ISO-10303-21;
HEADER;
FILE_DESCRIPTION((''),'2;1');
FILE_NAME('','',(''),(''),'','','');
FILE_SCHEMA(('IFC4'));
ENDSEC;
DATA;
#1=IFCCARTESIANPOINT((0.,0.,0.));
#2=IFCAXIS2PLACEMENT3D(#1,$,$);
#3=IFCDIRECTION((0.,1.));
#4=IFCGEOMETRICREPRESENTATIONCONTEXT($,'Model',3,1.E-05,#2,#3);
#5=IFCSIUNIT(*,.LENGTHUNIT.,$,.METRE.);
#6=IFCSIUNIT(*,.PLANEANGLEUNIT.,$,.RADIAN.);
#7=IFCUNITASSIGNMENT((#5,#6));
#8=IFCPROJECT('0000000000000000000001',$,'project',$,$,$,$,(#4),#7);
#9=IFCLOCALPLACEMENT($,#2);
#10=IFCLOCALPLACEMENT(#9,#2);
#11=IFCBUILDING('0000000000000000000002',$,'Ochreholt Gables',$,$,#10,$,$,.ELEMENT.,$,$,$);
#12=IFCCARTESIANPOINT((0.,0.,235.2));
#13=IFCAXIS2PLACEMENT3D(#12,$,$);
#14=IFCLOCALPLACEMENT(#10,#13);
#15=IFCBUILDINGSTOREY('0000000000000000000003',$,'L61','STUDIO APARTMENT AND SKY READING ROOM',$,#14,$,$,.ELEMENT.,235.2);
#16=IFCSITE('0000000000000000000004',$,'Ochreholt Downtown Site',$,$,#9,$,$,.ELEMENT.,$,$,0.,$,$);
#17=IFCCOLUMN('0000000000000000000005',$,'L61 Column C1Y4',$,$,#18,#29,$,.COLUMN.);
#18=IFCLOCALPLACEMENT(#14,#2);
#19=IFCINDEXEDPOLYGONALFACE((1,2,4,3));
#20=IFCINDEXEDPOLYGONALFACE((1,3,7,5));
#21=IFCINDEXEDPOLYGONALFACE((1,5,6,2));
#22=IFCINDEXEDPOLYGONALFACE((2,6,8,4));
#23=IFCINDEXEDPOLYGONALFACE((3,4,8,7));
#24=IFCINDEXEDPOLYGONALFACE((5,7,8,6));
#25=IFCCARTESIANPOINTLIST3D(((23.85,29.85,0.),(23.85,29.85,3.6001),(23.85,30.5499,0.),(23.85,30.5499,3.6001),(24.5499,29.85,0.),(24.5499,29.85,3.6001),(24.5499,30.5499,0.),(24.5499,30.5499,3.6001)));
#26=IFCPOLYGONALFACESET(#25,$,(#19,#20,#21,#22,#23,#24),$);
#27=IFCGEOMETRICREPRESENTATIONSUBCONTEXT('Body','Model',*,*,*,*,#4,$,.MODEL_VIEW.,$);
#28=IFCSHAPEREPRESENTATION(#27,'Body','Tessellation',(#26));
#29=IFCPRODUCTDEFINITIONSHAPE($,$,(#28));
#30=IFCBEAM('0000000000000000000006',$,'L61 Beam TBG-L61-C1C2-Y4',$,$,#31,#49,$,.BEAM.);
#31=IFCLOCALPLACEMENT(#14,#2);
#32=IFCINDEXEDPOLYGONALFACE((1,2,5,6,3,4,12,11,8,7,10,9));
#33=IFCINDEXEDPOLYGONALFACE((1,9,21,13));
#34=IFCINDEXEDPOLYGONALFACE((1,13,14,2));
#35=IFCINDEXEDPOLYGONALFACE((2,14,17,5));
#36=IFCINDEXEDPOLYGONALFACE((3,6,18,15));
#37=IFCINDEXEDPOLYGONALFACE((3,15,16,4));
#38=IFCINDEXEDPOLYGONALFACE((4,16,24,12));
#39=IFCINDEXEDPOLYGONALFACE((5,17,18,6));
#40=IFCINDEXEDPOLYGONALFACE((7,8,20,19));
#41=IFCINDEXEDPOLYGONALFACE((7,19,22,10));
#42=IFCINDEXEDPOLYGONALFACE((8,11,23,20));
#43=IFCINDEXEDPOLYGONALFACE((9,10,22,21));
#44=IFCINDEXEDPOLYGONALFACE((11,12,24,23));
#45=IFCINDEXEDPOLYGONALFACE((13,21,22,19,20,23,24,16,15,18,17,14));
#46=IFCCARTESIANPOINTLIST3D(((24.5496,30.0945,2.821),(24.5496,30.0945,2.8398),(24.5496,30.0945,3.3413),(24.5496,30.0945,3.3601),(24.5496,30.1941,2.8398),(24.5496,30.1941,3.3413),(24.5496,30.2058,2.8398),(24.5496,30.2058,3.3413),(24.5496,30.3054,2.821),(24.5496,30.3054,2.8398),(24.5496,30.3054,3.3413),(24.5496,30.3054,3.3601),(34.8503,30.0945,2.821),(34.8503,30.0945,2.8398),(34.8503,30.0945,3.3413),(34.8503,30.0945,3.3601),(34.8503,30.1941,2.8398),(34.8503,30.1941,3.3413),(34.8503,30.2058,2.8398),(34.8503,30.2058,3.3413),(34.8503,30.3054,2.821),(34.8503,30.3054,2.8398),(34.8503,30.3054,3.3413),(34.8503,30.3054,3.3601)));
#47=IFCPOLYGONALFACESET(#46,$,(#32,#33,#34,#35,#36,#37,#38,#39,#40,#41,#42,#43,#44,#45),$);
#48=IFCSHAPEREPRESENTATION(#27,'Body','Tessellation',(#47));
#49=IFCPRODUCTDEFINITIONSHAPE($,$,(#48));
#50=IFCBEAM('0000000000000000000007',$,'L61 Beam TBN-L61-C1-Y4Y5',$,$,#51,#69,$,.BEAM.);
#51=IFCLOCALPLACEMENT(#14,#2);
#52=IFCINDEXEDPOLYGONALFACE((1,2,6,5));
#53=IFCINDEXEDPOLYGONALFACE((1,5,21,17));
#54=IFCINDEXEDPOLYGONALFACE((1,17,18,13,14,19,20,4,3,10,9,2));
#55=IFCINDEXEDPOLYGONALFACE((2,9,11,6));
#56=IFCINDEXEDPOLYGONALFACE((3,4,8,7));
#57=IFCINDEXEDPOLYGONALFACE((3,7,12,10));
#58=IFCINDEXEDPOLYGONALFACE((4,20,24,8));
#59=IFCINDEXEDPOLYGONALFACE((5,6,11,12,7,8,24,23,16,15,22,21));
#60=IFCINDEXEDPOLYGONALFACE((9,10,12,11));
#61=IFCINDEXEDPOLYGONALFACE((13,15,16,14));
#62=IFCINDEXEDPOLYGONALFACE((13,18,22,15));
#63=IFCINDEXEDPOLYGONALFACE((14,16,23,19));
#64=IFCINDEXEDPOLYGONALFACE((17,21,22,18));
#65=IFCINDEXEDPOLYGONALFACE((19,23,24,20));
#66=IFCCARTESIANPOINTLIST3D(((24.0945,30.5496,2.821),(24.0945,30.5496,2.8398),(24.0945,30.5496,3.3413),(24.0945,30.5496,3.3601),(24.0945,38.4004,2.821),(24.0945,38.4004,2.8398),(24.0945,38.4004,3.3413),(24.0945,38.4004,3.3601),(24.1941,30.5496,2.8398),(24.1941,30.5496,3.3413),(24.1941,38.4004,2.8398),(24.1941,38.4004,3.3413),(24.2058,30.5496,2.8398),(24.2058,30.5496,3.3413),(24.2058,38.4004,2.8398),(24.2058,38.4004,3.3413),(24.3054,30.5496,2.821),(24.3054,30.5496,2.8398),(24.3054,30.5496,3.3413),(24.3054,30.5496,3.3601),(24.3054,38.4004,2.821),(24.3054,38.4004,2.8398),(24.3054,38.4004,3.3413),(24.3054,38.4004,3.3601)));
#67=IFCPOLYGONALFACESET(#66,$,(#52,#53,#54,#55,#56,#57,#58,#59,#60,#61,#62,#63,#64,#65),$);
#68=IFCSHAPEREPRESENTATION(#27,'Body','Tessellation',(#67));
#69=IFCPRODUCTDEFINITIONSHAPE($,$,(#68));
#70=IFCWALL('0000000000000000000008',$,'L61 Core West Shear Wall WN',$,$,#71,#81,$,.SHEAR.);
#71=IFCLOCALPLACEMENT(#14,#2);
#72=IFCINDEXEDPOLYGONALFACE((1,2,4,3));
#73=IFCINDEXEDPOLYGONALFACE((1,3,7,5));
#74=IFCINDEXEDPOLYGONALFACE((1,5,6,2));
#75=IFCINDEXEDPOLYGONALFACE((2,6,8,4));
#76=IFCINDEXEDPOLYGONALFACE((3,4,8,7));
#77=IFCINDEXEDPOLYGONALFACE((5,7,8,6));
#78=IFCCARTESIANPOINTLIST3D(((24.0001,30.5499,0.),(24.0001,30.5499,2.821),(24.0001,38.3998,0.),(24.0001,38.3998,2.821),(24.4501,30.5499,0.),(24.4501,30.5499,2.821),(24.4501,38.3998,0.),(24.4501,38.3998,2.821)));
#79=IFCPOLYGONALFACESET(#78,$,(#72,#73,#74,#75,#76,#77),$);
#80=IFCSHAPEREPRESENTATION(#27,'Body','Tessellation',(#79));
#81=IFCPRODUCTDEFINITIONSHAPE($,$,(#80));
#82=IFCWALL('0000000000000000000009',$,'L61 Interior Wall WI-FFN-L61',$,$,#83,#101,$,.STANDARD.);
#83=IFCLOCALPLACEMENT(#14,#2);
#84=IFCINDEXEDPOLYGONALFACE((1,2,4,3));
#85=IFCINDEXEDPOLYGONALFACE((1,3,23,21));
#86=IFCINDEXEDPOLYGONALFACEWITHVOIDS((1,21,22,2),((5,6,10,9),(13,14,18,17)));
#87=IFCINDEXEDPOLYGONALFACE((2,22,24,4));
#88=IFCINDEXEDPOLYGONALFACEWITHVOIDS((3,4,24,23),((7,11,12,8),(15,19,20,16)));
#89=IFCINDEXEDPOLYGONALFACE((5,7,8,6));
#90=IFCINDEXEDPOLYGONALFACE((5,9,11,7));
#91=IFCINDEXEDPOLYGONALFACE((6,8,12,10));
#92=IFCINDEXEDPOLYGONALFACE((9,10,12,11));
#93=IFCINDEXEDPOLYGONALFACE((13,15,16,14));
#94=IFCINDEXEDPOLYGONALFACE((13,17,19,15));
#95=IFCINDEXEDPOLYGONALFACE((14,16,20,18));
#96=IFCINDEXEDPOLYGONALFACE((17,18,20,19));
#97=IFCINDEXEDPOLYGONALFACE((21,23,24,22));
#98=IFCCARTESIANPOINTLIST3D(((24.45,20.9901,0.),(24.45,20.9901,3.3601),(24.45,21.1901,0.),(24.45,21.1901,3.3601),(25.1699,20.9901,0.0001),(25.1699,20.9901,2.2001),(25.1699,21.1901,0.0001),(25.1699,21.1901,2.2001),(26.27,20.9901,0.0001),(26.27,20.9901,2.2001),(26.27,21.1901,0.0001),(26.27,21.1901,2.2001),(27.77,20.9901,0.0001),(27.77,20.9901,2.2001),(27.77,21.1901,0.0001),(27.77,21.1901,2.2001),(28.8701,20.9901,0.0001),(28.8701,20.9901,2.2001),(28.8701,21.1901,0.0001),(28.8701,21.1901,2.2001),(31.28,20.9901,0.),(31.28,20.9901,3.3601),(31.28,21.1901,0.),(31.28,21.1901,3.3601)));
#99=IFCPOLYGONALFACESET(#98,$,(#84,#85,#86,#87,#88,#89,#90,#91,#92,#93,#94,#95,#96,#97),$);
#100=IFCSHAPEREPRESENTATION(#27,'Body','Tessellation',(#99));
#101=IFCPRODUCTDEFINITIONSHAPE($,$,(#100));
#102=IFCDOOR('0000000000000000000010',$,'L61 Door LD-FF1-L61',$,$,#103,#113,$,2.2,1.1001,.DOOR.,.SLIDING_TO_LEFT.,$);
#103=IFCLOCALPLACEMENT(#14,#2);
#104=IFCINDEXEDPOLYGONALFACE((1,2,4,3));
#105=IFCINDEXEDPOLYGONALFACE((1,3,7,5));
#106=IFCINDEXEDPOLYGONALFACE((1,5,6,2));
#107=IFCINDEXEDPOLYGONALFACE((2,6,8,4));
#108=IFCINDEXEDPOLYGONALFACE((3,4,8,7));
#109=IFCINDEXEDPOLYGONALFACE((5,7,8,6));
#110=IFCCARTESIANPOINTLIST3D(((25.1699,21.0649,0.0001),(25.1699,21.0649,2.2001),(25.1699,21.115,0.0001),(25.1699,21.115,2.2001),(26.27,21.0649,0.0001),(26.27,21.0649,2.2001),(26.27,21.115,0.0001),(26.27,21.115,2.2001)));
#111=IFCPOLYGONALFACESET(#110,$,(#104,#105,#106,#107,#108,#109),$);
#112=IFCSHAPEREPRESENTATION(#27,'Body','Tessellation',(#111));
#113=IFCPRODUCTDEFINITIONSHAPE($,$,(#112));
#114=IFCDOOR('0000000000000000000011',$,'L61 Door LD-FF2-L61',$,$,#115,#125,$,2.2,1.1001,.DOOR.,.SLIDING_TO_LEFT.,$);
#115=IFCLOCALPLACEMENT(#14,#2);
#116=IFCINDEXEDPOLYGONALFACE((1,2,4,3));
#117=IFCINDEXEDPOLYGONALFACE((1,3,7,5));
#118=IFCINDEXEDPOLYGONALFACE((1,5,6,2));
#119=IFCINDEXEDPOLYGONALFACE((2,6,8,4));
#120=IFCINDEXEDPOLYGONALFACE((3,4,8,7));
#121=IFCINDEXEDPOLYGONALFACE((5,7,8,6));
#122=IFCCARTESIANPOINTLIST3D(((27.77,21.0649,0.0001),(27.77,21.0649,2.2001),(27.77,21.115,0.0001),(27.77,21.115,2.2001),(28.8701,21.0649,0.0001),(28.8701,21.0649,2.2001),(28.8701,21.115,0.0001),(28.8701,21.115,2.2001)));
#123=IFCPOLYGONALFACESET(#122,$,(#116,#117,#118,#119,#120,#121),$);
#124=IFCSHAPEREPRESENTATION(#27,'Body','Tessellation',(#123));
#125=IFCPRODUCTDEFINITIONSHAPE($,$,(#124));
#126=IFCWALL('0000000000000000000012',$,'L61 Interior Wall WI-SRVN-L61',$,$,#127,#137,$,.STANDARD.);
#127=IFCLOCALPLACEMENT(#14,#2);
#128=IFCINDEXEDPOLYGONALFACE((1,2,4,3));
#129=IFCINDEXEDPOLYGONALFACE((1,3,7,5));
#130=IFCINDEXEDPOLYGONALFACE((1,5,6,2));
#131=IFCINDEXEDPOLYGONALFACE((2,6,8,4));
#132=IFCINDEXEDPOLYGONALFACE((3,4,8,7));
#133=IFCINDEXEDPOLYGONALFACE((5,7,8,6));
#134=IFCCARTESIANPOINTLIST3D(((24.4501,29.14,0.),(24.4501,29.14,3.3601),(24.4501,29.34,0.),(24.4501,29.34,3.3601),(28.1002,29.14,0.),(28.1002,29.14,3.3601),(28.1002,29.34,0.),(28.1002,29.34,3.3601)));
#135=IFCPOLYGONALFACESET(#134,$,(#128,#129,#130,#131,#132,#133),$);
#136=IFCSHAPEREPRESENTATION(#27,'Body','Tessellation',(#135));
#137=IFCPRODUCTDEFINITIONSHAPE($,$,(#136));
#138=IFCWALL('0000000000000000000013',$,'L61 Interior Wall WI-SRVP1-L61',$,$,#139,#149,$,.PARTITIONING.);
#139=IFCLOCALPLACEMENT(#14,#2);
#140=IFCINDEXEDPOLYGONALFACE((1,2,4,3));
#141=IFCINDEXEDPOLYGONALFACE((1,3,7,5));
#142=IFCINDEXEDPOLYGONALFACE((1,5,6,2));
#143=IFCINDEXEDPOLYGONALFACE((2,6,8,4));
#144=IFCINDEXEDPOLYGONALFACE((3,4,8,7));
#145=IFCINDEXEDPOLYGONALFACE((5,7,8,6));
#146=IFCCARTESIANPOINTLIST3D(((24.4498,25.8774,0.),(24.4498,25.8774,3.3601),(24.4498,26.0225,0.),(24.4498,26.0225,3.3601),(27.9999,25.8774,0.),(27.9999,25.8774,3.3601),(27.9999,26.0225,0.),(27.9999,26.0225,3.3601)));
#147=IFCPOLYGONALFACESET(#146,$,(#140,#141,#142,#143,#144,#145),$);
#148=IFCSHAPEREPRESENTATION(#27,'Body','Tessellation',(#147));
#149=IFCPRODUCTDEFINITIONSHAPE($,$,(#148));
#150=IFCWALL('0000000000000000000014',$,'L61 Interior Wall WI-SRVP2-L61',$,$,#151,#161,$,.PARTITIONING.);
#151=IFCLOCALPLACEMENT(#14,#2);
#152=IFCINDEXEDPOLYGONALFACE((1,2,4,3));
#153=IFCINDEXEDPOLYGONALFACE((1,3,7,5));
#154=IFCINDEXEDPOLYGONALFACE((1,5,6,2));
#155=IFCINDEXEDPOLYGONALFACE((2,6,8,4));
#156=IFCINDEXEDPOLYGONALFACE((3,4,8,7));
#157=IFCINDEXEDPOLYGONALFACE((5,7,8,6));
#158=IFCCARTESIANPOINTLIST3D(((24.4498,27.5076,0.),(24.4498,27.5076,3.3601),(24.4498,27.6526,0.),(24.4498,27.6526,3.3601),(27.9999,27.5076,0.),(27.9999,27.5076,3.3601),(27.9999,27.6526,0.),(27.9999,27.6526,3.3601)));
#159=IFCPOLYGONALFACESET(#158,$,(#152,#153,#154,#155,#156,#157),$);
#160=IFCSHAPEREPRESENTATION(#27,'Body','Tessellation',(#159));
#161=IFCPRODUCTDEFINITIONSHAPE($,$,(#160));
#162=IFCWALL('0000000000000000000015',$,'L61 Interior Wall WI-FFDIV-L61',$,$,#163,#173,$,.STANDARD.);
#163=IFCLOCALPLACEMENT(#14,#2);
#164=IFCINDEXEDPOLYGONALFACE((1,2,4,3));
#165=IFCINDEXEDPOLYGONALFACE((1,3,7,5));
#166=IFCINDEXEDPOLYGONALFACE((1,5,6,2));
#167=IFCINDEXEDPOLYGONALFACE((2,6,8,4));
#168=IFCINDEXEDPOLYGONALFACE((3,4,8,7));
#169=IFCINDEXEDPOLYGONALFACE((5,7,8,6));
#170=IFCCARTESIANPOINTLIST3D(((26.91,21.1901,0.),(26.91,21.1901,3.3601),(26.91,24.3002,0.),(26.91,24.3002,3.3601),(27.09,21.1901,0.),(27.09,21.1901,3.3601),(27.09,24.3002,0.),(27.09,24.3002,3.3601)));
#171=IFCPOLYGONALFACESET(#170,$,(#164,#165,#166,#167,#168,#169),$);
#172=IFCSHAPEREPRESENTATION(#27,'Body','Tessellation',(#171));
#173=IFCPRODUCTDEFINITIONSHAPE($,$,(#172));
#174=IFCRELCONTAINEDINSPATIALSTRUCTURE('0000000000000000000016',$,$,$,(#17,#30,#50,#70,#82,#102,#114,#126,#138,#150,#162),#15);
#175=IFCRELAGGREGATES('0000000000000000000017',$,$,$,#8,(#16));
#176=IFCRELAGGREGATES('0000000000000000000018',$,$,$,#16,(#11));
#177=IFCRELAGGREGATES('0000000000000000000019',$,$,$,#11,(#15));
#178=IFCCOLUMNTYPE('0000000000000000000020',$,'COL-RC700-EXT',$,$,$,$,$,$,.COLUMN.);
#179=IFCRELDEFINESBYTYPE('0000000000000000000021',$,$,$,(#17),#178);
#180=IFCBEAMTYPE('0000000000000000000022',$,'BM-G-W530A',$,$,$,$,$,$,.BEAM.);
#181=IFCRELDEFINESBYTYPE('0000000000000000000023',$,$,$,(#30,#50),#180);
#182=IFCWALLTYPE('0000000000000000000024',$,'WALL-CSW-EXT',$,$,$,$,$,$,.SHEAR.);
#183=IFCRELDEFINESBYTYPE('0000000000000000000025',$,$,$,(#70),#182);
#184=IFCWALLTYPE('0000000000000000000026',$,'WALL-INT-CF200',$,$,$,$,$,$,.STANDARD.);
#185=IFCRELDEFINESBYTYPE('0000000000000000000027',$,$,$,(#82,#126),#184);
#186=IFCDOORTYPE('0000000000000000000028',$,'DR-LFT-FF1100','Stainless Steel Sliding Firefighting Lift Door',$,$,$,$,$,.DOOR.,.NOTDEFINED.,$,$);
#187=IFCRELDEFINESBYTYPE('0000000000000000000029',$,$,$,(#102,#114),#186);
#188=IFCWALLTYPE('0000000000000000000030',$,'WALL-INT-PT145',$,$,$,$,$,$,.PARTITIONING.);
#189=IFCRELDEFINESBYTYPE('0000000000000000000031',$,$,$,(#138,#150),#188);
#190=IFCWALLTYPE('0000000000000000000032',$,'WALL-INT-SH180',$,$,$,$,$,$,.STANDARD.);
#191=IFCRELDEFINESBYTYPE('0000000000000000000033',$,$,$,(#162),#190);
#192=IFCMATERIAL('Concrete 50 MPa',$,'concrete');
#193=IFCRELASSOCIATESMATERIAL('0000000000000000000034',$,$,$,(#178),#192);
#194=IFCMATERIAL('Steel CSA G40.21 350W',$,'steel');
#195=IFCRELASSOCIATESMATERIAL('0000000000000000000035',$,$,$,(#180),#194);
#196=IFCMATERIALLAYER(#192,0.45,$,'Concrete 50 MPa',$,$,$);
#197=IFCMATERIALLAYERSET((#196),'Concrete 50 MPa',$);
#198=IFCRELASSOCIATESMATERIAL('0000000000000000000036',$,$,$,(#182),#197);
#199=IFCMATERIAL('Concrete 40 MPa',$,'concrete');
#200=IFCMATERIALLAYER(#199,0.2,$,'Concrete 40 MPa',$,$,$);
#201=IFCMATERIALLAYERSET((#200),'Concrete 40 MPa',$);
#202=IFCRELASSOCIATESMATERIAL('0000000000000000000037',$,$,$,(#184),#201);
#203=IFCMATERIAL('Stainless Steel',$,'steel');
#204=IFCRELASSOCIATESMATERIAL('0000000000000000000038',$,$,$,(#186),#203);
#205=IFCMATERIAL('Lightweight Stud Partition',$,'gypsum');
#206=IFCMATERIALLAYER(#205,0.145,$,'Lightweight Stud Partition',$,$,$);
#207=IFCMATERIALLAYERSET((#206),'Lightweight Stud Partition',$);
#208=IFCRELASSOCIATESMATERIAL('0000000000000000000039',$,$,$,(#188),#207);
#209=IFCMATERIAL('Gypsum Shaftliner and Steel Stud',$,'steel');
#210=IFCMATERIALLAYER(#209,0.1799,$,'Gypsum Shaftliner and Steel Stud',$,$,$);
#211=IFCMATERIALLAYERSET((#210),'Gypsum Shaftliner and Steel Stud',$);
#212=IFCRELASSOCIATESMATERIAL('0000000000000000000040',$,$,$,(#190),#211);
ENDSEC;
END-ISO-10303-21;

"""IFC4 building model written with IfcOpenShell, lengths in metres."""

from ifc_helpers import new_model, si_unit, direction, frame, frame_2d, origin, origin_2d, place, context, subcontext, project, spatial, rectangle, i_section, extrude, material, layer, layer_set, material_profile, profile_set, type_object, element, fill, save


model = new_model("IFC4")

# Units and contexts
model_context = context("Model", 3, precision=1e-05, world=origin(), true_north=direction((0.0, 1.0)))
body_context = subcontext(model_context, "Body", "Model", "MODEL_VIEW")
ifc_project = project(units=[si_unit("LENGTHUNIT", "METRE"), si_unit("PLANEANGLEUNIT", "RADIAN")], contexts=[model_context])

# Site, building, storey
site_placement = place(None, origin())
site = spatial("IfcSite", under=ifc_project, at=site_placement, Name="Ochreholt Downtown Site", CompositionType="ELEMENT", RefElevation=0.0)
building_placement = place(site_placement, origin())
building = spatial("IfcBuilding", under=site, at=building_placement, Name="Ochreholt Gables", CompositionType="ELEMENT")
storey_placement = place(building_placement, frame((0.0, 0.0, 235.2)))
storey = spatial("IfcBuildingStorey", under=building, at=storey_placement, Name="L61", Description="STUDIO APARTMENT AND SKY READING ROOM", CompositionType="ELEMENT", Elevation=235.2)

# Column
ifc_material_1 = material(Name="Concrete 50 MPa", Category="concrete")
ifc_material_profile_1 = material_profile(ifc_material_1, rectangle(XDim=0.7, YDim=0.7, at=origin_2d()), Name="RC700X700")
ifc_profile_set_1 = profile_set([ifc_material_profile_1], Name="Concrete 50 MPa")
column_type = type_object("IfcColumnType", Name="COL-RC700-EXT", PredefinedType="COLUMN", material=ifc_profile_set_1)
column_placement = place(storey_placement, frame((24.2, 30.2, 0.0), z_axis=(0.0, 0.0, 1.0), x_axis=(1.0, 0.0, 0.0)))
element("IfcColumn", 1, at=column_placement, inside=storey, type_object=column_type, Name="L61 Column C1Y4", PredefinedType="COLUMN", context=body_context, shape_type="SweptSolid", body=[
    extrude(rectangle(XDim=0.7, YDim=0.7, at=origin_2d()), origin(), (0.0, 0.0, 1.0), 3.6001),
])

# Beams
ifc_material_2 = material(Name="Steel CSA G40.21 350W", Category="steel")
ifc_material_profile_2 = material_profile(ifc_material_2, i_section(OverallWidth=0.2109, OverallDepth=0.5391, WebThickness=0.0117, FlangeThickness=0.0188, at=origin_2d()), Name="W530X109")
ifc_profile_set_2 = profile_set([ifc_material_profile_2], Name="Steel CSA G40.21 350W")
beam_type = type_object("IfcBeamType", Name="BM-G-W530A", PredefinedType="BEAM", material=ifc_profile_set_2)
beam_1_placement = place(storey_placement, frame((24.5496, 30.2, 3.0906), z_axis=(1.0, 0.0, 0.0), x_axis=(0.0, 1.0, 0.0)))
element("IfcBeam", 2, at=beam_1_placement, inside=storey, type_object=beam_type, Name="L61 Beam TBG-L61-C1C2-Y4", PredefinedType="BEAM", context=body_context, shape_type="SweptSolid", body=[
    extrude(i_section(OverallWidth=0.2109, OverallDepth=0.5391, WebThickness=0.0117, FlangeThickness=0.0188, at=origin_2d()), origin(), (0.0, 0.0, 1.0), 10.3008),
])
beam_2_placement = place(storey_placement, frame((24.2, 30.5496, 3.0906), z_axis=(0.0, 1.0, 0.0), x_axis=(-1.0, 0.0, 0.0)))
element("IfcBeam", 3, at=beam_2_placement, inside=storey, type_object=beam_type, Name="L61 Beam TBN-L61-C1-Y4Y5", PredefinedType="BEAM", context=body_context, shape_type="SweptSolid", body=[
    extrude(i_section(OverallWidth=0.2109, OverallDepth=0.5391, WebThickness=0.0117, FlangeThickness=0.0188, at=origin_2d()), origin(), (0.0, 0.0, 1.0), 7.8508),
])

# Wall
ifc_layer_1 = layer(ifc_material_1, 0.45, Name="Concrete 50 MPa")
ifc_layer_set_1 = layer_set([ifc_layer_1], Name="Concrete 50 MPa")
wall_type_1 = type_object("IfcWallType", Name="WALL-CSW-EXT", PredefinedType="SHEAR", material=ifc_layer_set_1)
wall_1_placement = place(storey_placement, frame((24.2251, 30.55, 0.0), z_axis=(0.0, 0.0, 1.0), x_axis=(0.0, 1.0, 0.0)))
element("IfcWall", 4, at=wall_1_placement, inside=storey, type_object=wall_type_1, Name="L61 Core West Shear Wall WN", PredefinedType="SHEAR", context=body_context, shape_type="SweptSolid", body=[
    extrude(rectangle(XDim=7.8499, YDim=0.45, at=frame_2d((3.9248, 0.0))), origin(), (0.0, 0.0, 1.0), 2.821),
])

# Wall, openings, doors
ifc_material_3 = material(Name="Concrete 40 MPa", Category="concrete")
ifc_layer_2 = layer(ifc_material_3, 0.2, Name="Concrete 40 MPa")
ifc_layer_set_2 = layer_set([ifc_layer_2], Name="Concrete 40 MPa")
wall_type_2 = type_object("IfcWallType", Name="WALL-INT-CF200", PredefinedType="STANDARD", material=ifc_layer_set_2)
wall_2_placement = place(storey_placement, frame((24.45, 21.0901, 0.0), z_axis=(0.0, 0.0, 1.0), x_axis=(1.0, 0.0, 0.0)))
wall_2 = element("IfcWall", 5, at=wall_2_placement, inside=storey, type_object=wall_type_2, Name="L61 Interior Wall WI-FFN-L61", PredefinedType="STANDARD", context=body_context, shape_type="SweptSolid", body=[
    extrude(rectangle(XDim=6.8301, YDim=0.2, at=frame_2d((3.415, 0.0))), origin(), (0.0, 0.0, 1.0), 3.3601),
])
opening_1_placement = place(wall_2_placement, frame((0.72, 0.0, 0.0)))
opening_1 = element("IfcOpeningElement", 6, at=opening_1_placement, cuts=wall_2, PredefinedType="OPENING", context=body_context, shape_type="SweptSolid", body=[
    extrude(rectangle(XDim=1.1001, YDim=2.2, at=frame_2d((0.55, 1.1001))), frame((0.0, 0.1099, 0.0), z_axis=(0.0, -1.0, 0.0), x_axis=(1.0, 0.0, 0.0)), (0.0, 0.0, 1.0), 0.22),
])
opening_2_placement = place(wall_2_placement, frame((3.3201, 0.0, 0.0)))
opening_2 = element("IfcOpeningElement", 7, at=opening_2_placement, cuts=wall_2, PredefinedType="OPENING", context=body_context, shape_type="SweptSolid", body=[
    extrude(rectangle(XDim=1.1001, YDim=2.2, at=frame_2d((0.55, 1.1001))), frame((0.0, 0.1099, 0.0), z_axis=(0.0, -1.0, 0.0), x_axis=(1.0, 0.0, 0.0)), (0.0, 0.0, 1.0), 0.22),
])
ifc_material_4 = material(Name="Stainless Steel", Category="steel")
door_type_1 = type_object("IfcDoorType", Name="DR-LFT-FF1100", Description="Stainless Steel Sliding Firefighting Lift Door", OperationType="NOTDEFINED", PredefinedType="DOOR", material=ifc_material_4)
door_1_placement = place(opening_1_placement, origin())
door_1 = element("IfcDoor", 8, at=door_1_placement, inside=storey, type_object=door_type_1, Name="L61 Door LD-FF1-L61", OperationType="SLIDING_TO_LEFT", OverallHeight=2.2, OverallWidth=1.1001, PredefinedType="DOOR", context=body_context, shape_type="SweptSolid", body=[
    extrude(rectangle(XDim=1.1001, YDim=2.2, at=frame_2d((0.55, 1.1001))), frame((0.0, 0.0249, 0.0), z_axis=(0.0, -1.0, 0.0), x_axis=(1.0, 0.0, 0.0)), (0.0, 0.0, 1.0), 0.05),
])
fill(opening_1, door_1)
door_2_placement = place(opening_2_placement, origin())
door_2 = element("IfcDoor", 9, at=door_2_placement, inside=storey, type_object=door_type_1, Name="L61 Door LD-FF2-L61", OperationType="SLIDING_TO_LEFT", OverallHeight=2.2, OverallWidth=1.1001, PredefinedType="DOOR", context=body_context, shape_type="SweptSolid", body=[
    extrude(rectangle(XDim=1.1001, YDim=2.2, at=frame_2d((0.55, 1.1001))), frame((0.0, 0.0249, 0.0), z_axis=(0.0, -1.0, 0.0), x_axis=(1.0, 0.0, 0.0)), (0.0, 0.0, 1.0), 0.05),
])
fill(opening_2, door_2)

# Walls
wall_3_placement = place(storey_placement, frame((24.45, 29.24, 0.0), z_axis=(0.0, 0.0, 1.0), x_axis=(1.0, 0.0, 0.0)))
element("IfcWall", 10, at=wall_3_placement, inside=storey, type_object=wall_type_2, Name="L61 Interior Wall WI-SRVN-L61", PredefinedType="STANDARD", context=body_context, shape_type="SweptSolid", body=[
    extrude(rectangle(XDim=3.6501, YDim=0.2, at=frame_2d((1.8252, 0.0))), origin(), (0.0, 0.0, 1.0), 3.3601),
])
ifc_material_5 = material(Name="Lightweight Stud Partition", Category="gypsum")
ifc_layer_3 = layer(ifc_material_5, 0.145, Name="Lightweight Stud Partition")
ifc_layer_set_3 = layer_set([ifc_layer_3], Name="Lightweight Stud Partition")
wall_type_3 = type_object("IfcWallType", Name="WALL-INT-PT145", PredefinedType="PARTITIONING", material=ifc_layer_set_3)
for number, where, z_axis, x_axis, name in (
    (11, (24.45, 25.95, 0.0), (0.0, 0.0, 1.0), (1.0, 0.0, 0.0), "L61 Interior Wall WI-SRVP1-L61"),
    (12, (24.45, 27.5801, 0.0), (0.0, 0.0, 1.0), (1.0, 0.0, 0.0), "L61 Interior Wall WI-SRVP2-L61"),
):
    element("IfcWall", number, at=place(storey_placement, frame(where, z_axis=z_axis, x_axis=x_axis)), inside=storey, type_object=wall_type_3, Name=name, PredefinedType="PARTITIONING", context=body_context, shape_type="SweptSolid", body=[
        extrude(rectangle(XDim=3.55, YDim=0.145, at=frame_2d((1.7749, 0.0))), origin(), (0.0, 0.0, 1.0), 3.3601),
    ])
ifc_material_6 = material(Name="Gypsum Shaftliner and Steel Stud", Category="steel")
ifc_layer_4 = layer(ifc_material_6, 0.1799, Name="Gypsum Shaftliner and Steel Stud")
ifc_layer_set_4 = layer_set([ifc_layer_4], Name="Gypsum Shaftliner and Steel Stud")
wall_type_4 = type_object("IfcWallType", Name="WALL-INT-SH180", PredefinedType="STANDARD", material=ifc_layer_set_4)
wall_4_placement = place(storey_placement, frame((27.0, 21.1899, 0.0), z_axis=(0.0, 0.0, 1.0), x_axis=(0.0, 1.0, 0.0)))
element("IfcWall", 13, at=wall_4_placement, inside=storey, type_object=wall_type_4, Name="L61 Interior Wall WI-FFDIV-L61", PredefinedType="STANDARD", context=body_context, shape_type="SweptSolid", body=[
    extrude(rectangle(XDim=3.1101, YDim=0.1799, at=frame_2d((1.5552, 0.0))), origin(), (0.0, 0.0, 1.0), 3.3601),
])

save(model, "model.ifc")
